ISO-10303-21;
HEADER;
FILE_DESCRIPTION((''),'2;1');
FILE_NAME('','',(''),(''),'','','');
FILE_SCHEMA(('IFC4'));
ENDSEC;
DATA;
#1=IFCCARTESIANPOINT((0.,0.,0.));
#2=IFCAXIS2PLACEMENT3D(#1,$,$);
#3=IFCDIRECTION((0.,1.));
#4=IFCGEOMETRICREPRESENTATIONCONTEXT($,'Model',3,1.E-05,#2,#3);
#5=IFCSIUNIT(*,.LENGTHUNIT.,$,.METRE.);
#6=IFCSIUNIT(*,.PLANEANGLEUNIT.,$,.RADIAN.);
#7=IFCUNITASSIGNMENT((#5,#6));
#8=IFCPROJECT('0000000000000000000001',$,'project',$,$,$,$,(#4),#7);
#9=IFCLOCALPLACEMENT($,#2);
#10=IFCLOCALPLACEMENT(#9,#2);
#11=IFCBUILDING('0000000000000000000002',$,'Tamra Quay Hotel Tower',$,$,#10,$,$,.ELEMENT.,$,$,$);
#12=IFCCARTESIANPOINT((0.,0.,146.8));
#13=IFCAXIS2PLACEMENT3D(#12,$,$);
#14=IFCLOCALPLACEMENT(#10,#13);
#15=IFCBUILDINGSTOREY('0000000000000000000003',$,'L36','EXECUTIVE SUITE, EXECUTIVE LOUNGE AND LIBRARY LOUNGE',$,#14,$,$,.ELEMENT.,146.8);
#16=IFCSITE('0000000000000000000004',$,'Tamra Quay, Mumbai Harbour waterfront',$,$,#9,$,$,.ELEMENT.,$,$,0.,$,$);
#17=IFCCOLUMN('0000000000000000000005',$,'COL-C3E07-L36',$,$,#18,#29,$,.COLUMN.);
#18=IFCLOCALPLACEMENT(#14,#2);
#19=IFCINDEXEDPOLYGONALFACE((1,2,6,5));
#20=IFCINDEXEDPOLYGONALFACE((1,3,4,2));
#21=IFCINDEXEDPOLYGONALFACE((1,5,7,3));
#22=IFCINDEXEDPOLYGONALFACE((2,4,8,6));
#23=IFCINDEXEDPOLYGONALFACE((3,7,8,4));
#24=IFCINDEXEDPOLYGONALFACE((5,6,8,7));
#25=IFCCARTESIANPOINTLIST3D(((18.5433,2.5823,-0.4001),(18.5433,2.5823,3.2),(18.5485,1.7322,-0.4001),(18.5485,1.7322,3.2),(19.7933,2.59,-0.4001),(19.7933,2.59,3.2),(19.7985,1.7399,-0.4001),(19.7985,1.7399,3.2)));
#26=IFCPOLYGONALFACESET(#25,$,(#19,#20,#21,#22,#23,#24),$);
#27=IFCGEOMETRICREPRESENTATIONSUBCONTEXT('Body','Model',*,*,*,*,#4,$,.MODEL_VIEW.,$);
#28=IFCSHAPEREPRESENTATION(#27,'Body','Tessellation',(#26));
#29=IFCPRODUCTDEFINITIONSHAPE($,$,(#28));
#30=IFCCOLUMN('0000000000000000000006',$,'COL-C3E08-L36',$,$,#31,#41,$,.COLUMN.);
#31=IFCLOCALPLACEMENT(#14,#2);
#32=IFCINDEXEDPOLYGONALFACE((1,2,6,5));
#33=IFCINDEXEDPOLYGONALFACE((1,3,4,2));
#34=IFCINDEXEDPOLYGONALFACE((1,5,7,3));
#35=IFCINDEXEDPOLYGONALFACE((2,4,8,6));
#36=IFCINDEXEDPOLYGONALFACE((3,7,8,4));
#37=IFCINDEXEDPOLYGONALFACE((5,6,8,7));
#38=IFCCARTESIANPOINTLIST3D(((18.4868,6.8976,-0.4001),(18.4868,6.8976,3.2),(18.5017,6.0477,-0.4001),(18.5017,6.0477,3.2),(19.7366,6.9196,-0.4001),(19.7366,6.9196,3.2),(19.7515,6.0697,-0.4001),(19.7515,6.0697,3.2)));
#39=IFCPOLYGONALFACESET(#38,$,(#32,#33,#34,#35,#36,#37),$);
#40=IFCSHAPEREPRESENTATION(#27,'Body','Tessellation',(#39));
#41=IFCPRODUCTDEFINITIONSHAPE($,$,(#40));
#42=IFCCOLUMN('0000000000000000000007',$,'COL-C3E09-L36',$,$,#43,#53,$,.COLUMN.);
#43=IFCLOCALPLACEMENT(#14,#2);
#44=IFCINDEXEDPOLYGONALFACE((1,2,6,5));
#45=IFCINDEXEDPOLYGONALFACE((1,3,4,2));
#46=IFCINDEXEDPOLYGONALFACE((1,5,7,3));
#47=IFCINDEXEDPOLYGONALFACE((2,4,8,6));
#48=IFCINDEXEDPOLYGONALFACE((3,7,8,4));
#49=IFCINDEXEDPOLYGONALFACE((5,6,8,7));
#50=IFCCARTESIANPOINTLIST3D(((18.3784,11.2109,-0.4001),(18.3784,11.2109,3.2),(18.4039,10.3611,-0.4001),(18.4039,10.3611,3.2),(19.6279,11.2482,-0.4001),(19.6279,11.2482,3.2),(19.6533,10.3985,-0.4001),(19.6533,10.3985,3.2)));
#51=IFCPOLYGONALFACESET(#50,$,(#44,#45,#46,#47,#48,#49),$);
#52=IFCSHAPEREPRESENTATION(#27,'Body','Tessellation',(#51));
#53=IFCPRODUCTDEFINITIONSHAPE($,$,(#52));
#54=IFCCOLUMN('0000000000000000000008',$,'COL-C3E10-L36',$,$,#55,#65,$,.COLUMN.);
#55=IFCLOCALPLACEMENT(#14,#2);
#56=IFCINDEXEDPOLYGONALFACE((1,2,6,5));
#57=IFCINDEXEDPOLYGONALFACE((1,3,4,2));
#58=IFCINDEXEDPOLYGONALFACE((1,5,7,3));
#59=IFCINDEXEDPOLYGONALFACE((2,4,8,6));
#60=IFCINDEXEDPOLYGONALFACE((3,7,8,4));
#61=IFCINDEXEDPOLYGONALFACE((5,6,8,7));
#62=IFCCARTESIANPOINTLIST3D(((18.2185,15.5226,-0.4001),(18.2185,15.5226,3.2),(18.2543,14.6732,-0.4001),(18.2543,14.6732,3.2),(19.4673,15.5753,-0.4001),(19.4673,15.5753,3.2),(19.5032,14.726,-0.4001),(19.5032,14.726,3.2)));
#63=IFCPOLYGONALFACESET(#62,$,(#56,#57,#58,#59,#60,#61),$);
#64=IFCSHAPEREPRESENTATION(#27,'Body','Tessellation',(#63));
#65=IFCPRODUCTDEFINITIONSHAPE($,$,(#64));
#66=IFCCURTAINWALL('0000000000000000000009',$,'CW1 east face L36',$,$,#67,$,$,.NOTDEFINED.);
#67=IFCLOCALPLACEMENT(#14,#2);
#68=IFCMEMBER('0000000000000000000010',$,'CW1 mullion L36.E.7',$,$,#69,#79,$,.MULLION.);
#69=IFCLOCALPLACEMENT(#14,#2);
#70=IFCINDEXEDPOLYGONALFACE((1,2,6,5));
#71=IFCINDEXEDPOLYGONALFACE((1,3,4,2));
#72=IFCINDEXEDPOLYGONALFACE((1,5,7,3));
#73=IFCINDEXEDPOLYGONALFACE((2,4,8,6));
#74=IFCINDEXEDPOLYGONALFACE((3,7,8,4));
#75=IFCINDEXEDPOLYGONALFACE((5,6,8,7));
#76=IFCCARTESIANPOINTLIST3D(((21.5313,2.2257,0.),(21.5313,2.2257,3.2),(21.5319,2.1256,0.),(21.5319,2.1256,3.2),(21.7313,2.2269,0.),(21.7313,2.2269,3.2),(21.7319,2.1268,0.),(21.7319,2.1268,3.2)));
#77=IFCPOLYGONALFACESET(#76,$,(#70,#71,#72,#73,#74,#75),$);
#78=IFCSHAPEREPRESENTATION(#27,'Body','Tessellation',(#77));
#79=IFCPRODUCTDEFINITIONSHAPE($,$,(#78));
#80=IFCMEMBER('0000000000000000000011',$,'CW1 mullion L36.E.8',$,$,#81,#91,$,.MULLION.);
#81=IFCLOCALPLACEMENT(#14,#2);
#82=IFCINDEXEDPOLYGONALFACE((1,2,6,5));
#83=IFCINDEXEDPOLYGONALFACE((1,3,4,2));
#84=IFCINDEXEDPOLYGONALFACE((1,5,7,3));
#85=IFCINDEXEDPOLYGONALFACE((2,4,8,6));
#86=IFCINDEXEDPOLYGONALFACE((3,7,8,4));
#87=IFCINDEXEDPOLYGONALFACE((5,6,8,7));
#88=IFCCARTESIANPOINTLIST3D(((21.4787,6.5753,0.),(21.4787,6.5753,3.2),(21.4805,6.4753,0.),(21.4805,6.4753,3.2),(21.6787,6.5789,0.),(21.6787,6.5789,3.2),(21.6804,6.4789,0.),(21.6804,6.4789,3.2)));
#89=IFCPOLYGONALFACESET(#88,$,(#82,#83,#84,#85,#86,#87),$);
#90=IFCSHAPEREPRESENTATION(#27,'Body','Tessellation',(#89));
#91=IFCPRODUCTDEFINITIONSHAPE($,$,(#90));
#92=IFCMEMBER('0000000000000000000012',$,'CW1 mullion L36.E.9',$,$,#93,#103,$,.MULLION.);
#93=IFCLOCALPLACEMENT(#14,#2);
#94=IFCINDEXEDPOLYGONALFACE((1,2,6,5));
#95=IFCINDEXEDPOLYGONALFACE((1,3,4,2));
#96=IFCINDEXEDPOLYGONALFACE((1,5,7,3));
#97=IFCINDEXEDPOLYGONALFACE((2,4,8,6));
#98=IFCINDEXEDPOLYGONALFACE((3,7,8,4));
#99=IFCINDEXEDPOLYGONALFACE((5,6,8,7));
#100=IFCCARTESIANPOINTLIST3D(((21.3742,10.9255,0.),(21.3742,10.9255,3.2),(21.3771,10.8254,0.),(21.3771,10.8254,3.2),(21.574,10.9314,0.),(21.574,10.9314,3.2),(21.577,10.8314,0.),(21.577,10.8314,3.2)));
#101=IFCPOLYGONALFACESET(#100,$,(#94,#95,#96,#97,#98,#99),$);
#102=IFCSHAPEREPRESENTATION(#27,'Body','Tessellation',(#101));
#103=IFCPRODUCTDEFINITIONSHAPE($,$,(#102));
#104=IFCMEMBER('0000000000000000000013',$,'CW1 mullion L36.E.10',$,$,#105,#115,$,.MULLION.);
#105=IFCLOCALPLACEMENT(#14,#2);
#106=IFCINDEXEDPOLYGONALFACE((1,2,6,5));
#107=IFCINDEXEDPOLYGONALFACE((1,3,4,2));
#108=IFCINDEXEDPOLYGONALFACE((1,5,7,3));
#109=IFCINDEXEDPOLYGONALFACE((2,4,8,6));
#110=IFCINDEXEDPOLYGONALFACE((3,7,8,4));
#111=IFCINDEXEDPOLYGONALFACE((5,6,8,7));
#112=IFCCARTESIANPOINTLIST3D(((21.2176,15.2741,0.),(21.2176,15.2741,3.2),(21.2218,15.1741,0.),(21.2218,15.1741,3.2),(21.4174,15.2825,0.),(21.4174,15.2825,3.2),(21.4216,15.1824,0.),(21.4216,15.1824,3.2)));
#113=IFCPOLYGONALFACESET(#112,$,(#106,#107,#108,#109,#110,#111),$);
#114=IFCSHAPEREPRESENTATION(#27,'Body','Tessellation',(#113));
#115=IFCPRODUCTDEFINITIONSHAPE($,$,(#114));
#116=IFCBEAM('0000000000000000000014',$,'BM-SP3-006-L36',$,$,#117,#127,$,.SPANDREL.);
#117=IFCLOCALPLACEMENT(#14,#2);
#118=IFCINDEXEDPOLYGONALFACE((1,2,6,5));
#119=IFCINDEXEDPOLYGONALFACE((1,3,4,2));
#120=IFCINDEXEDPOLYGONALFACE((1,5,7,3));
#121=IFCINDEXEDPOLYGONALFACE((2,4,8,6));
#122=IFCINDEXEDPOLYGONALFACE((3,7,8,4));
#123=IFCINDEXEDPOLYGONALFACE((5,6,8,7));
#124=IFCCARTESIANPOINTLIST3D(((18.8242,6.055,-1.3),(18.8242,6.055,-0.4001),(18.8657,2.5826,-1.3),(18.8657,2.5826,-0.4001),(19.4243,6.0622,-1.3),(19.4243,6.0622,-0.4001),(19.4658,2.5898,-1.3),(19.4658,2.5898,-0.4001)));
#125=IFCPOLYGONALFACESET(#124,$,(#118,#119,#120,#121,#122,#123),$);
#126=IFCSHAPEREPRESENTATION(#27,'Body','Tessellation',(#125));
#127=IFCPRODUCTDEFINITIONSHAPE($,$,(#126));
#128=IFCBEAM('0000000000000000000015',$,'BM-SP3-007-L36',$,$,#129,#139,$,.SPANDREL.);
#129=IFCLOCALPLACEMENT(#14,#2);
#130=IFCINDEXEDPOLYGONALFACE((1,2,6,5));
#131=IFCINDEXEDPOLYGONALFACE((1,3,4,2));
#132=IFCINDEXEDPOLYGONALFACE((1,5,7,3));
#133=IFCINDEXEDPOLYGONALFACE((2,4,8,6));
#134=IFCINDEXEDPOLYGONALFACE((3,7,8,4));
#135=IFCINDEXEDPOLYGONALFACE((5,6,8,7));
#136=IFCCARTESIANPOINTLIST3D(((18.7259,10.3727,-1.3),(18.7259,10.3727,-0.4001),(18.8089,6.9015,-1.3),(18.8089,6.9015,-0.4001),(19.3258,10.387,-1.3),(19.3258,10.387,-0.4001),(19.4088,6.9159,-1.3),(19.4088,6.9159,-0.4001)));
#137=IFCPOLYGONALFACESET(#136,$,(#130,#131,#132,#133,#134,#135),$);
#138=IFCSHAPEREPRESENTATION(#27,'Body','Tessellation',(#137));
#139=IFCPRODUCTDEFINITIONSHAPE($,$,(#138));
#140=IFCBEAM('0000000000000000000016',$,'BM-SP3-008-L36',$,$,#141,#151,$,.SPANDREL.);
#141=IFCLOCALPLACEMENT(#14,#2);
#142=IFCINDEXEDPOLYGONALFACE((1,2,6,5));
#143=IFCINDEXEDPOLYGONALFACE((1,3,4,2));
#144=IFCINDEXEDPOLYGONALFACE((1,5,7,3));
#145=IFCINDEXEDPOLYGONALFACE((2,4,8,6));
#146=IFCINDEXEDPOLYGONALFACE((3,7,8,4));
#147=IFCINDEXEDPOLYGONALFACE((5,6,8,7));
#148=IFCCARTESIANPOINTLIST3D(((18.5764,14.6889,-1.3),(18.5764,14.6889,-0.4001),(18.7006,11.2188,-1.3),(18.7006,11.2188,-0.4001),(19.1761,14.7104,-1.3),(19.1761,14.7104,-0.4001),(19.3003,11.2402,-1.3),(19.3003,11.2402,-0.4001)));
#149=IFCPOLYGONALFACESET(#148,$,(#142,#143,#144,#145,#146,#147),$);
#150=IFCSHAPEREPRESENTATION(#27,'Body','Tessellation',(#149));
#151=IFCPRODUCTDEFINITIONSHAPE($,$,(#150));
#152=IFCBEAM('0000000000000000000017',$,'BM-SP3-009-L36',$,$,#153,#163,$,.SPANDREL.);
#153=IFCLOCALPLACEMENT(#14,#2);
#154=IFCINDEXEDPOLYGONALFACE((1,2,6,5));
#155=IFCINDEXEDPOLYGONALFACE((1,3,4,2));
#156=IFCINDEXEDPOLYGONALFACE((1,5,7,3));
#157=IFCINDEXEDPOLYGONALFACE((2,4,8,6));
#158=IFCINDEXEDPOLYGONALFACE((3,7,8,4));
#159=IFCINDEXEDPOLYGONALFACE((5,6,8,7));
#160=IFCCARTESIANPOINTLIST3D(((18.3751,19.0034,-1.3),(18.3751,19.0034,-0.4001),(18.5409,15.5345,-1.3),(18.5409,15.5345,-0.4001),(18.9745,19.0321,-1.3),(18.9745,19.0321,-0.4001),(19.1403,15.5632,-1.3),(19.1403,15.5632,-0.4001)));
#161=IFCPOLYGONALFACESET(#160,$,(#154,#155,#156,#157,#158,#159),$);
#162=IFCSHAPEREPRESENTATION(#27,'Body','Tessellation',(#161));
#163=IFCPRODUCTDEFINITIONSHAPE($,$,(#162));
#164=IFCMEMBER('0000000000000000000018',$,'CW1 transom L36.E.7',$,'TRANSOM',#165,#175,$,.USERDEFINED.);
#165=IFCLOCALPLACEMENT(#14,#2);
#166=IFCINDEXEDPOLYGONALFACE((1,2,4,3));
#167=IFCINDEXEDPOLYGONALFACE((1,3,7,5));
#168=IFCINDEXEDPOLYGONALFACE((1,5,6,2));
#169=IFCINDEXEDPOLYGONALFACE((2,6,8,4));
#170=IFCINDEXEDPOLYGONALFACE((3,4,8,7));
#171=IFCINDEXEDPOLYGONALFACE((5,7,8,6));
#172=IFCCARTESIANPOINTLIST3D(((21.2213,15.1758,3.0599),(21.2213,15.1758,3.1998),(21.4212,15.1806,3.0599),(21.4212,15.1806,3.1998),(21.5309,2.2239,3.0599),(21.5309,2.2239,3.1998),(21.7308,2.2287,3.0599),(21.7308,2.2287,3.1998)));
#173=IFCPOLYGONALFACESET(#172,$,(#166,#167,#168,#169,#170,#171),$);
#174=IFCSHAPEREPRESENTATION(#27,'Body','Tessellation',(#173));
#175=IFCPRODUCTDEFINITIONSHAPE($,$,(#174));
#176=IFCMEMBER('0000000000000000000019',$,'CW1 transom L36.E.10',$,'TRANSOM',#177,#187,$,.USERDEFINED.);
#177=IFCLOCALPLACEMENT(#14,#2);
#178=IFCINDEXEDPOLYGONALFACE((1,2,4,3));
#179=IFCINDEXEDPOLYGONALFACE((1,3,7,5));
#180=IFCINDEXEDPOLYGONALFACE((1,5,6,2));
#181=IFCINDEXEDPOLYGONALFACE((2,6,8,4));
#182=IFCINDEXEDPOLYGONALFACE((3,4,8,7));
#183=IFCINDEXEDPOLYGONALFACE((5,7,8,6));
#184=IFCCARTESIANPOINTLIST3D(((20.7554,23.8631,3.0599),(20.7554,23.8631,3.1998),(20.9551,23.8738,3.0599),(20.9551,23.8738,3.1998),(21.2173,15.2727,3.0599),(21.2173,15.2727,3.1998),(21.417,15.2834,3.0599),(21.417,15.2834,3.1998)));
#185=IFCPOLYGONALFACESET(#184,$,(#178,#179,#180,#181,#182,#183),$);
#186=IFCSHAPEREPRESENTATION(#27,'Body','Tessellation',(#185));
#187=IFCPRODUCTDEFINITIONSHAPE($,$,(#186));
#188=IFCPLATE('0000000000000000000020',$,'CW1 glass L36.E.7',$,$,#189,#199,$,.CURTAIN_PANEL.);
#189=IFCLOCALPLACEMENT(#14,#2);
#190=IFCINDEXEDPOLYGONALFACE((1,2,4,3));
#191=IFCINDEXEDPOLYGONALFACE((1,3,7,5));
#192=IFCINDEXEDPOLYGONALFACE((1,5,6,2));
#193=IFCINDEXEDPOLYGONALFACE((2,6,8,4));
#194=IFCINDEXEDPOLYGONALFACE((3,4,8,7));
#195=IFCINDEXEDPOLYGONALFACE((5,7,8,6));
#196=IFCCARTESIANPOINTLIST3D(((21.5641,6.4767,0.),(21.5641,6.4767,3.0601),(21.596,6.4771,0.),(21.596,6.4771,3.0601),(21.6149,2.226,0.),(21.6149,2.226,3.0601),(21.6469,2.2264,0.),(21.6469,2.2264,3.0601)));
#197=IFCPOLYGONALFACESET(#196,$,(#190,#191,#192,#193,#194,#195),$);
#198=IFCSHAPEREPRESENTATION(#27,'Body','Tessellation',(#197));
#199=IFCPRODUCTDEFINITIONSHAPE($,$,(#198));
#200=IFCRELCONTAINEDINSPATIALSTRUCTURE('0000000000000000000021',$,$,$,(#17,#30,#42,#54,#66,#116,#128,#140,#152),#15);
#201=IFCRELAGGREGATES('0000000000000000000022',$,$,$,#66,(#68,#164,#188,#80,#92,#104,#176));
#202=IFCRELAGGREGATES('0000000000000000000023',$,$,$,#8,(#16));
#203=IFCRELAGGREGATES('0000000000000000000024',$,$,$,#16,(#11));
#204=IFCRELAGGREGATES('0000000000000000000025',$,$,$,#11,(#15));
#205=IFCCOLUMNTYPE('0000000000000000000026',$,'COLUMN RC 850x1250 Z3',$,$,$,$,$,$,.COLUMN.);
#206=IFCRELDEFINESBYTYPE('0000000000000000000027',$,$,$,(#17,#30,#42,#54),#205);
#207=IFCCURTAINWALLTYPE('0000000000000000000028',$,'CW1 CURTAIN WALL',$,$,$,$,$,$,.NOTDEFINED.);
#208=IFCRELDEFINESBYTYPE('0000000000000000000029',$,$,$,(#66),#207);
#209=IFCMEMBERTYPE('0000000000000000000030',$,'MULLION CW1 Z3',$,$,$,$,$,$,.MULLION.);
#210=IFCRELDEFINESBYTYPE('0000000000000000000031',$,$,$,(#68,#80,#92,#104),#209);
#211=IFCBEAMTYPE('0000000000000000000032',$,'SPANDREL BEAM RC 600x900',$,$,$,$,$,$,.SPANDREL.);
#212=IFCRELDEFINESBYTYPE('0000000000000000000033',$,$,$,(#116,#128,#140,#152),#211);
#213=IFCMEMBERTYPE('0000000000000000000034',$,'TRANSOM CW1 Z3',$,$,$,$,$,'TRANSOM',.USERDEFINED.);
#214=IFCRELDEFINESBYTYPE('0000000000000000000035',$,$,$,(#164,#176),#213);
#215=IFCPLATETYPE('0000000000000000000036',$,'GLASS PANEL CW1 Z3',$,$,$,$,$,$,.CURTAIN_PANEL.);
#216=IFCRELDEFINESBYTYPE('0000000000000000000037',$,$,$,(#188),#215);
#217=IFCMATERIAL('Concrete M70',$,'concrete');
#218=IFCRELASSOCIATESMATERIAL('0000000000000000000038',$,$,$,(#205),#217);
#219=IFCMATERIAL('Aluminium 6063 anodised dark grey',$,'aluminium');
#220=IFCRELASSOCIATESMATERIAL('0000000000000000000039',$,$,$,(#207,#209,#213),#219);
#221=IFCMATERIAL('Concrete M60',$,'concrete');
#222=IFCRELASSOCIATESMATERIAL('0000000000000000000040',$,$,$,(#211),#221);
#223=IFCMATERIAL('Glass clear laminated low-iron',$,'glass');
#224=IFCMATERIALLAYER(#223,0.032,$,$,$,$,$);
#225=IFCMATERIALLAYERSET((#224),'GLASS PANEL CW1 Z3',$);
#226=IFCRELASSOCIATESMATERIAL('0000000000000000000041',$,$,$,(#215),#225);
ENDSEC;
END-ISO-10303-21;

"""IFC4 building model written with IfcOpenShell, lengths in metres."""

from ifc_helpers import new_model, si_unit, direction, frame, origin, origin_2d, place, context, subcontext, project, spatial, rectangle, extrude, material, layer, layer_set, material_profile, profile_set, type_object, element, aggregate, save


model = new_model("IFC4")

# Units and contexts
model_context = context("Model", 3, precision=1e-05, world=origin(), true_north=direction((0.0, 1.0)))
body_context = subcontext(model_context, "Body", "Model", "MODEL_VIEW")
ifc_project = project(units=[si_unit("LENGTHUNIT", "METRE"), si_unit("PLANEANGLEUNIT", "RADIAN")], contexts=[model_context])

# Site, building, storey
site_placement = place(None, origin())
site = spatial("IfcSite", under=ifc_project, at=site_placement, Name="Tamra Quay, Mumbai Harbour waterfront", CompositionType="ELEMENT", RefElevation=0.0)
building_placement = place(site_placement, origin())
building = spatial("IfcBuilding", under=site, at=building_placement, Name="Tamra Quay Hotel Tower", CompositionType="ELEMENT")
storey_placement = place(building_placement, frame((0.0, 0.0, 146.8)))
storey = spatial("IfcBuildingStorey", under=building, at=storey_placement, Name="L36", Description="EXECUTIVE SUITE, EXECUTIVE LOUNGE AND LIBRARY LOUNGE", CompositionType="ELEMENT", Elevation=146.8)

# Columns
ifc_material_1 = material(Name="Concrete M70", Category="concrete")
ifc_material_profile_1 = material_profile(ifc_material_1, rectangle(XDim=1.25, YDim=0.8501, at=origin_2d()), Name="COLUMN RC 850x1250 Z3")
ifc_profile_set_1 = profile_set([ifc_material_profile_1], Name="Concrete M70")
column_type = type_object("IfcColumnType", Name="COLUMN RC 850x1250 Z3", PredefinedType="COLUMN", material=ifc_profile_set_1)
for number, where, z_axis, x_axis, name in (
    (1, (19.1709, 2.1611, -0.4001), (0.0, 0.0, 1.0), (0.999981, 0.006159, 0.0), "COL-C3E07-L36"),
    (2, (19.1191, 6.4836, -0.4001), (0.0, 0.0, 1.0), (0.999845, 0.017597, 0.0), "COL-C3E08-L36"),
    (3, (19.0159, 10.8047, -0.4001), (0.0, 0.0, 1.0), (0.999553, 0.029907, 0.0), "COL-C3E09-L36"),
    (4, (18.8608, 15.1243, -0.4001), (0.0, 0.0, 1.0), (0.999109, 0.042202, 0.0), "COL-C3E10-L36"),
):
    element("IfcColumn", number, at=place(storey_placement, frame(where, z_axis=z_axis, x_axis=x_axis)), inside=storey, type_object=column_type, Name=name, PredefinedType="COLUMN", context=body_context, shape_type="SweptSolid", body=[
        extrude(rectangle(XDim=1.25, YDim=0.8501, at=origin_2d()), origin(), (0.0, 0.0, 1.0), 3.6001),
    ])

# Curtain wall, members
ifc_material_2 = material(Name="Aluminium 6063 anodised dark grey", Category="aluminium")
curtain_wall_type = type_object("IfcCurtainWallType", Name="CW1 CURTAIN WALL", PredefinedType="NOTDEFINED", material=ifc_material_2)
curtain_wall_placement = place(storey_placement, origin())
curtain_wall = element("IfcCurtainWall", 5, at=curtain_wall_placement, inside=storey, type_object=curtain_wall_type, Name="CW1 east face L36", PredefinedType="NOTDEFINED")
ifc_material_profile_2 = material_profile(ifc_material_2, rectangle(XDim=0.2, YDim=0.1001, at=origin_2d()), Name="MULLION 100X200")
ifc_profile_set_2 = profile_set([ifc_material_profile_2], Name="Aluminium 6063 anodised dark grey")
member_type_1 = type_object("IfcMemberType", Name="MULLION CW1 Z3", PredefinedType="MULLION", material=ifc_profile_set_2)
member_1_placement = place(storey_placement, frame((21.6316, 2.1763, 0.0), z_axis=(0.0, 0.0, 1.0), x_axis=(0.999982, 0.005979, 0.0)))
member_1 = element("IfcMember", 6, at=member_1_placement, type_object=member_type_1, Name="CW1 mullion L36.E.7", PredefinedType="MULLION", context=body_context, shape_type="SweptSolid", body=[
    extrude(rectangle(XDim=0.2, YDim=0.1001, at=origin_2d()), origin(), (0.0, 0.0, 1.0), 3.2),
])
member_2_placement = place(storey_placement, frame((21.5796, 6.5271, 0.0), z_axis=(0.0, 0.0, 1.0), x_axis=(0.999839, 0.017927, 0.0)))
member_2 = element("IfcMember", 7, at=member_2_placement, type_object=member_type_1, Name="CW1 mullion L36.E.8", PredefinedType="MULLION", context=body_context, shape_type="SweptSolid", body=[
    extrude(rectangle(XDim=0.2, YDim=0.1001, at=origin_2d()), origin(), (0.0, 0.0, 1.0), 3.2),
])
member_3_placement = place(storey_placement, frame((21.4756, 10.8784, 0.0), z_axis=(0.0, 0.0, 1.0), x_axis=(0.999554, 0.029871, 0.0)))
member_3 = element("IfcMember", 8, at=member_3_placement, type_object=member_type_1, Name="CW1 mullion L36.E.9", PredefinedType="MULLION", context=body_context, shape_type="SweptSolid", body=[
    extrude(rectangle(XDim=0.2, YDim=0.1001, at=origin_2d()), origin(), (0.0, 0.0, 1.0), 3.2),
])
member_4_placement = place(storey_placement, frame((21.3196, 15.2283, 0.0), z_axis=(0.0, 0.0, 1.0), x_axis=(0.999126, 0.041797, 0.0)))
member_4 = element("IfcMember", 9, at=member_4_placement, type_object=member_type_1, Name="CW1 mullion L36.E.10", PredefinedType="MULLION", context=body_context, shape_type="SweptSolid", body=[
    extrude(rectangle(XDim=0.2, YDim=0.1001, at=origin_2d()), origin(), (0.0, 0.0, 1.0), 3.2),
])

# Beams
ifc_material_3 = material(Name="Concrete M60", Category="concrete")
ifc_material_profile_3 = material_profile(ifc_material_3, rectangle(XDim=0.6001, YDim=0.8999, at=origin_2d()), Name="SPANDREL BEAM RC 600x900")
ifc_profile_set_3 = profile_set([ifc_material_profile_3], Name="Concrete M60")
beam_type = type_object("IfcBeamType", Name="SPANDREL BEAM RC 600x900", PredefinedType="SPANDREL", material=ifc_profile_set_3)
beam_1_placement = place(storey_placement, frame((19.1658, 2.5862, -0.8501), z_axis=(-0.011952, 0.999929, 0.0), x_axis=(-0.999929, -0.011952, 0.0)))
element("IfcBeam", 10, at=beam_1_placement, inside=storey, type_object=beam_type, Name="BM-SP3-006-L36", PredefinedType="SPANDREL", context=body_context, shape_type="SweptSolid", body=[
    extrude(rectangle(XDim=0.6001, YDim=0.8999, at=origin_2d()), origin(), (0.0, 0.0, 1.0), 3.4727),
])
beam_2_placement = place(storey_placement, frame((19.1089, 6.9087, -0.8501), z_axis=(-0.023907, 0.999714, 0.0), x_axis=(-0.999714, -0.023907, 0.0)))
element("IfcBeam", 11, at=beam_2_placement, inside=storey, type_object=beam_type, Name="BM-SP3-007-L36", PredefinedType="SPANDREL", context=body_context, shape_type="SweptSolid", body=[
    extrude(rectangle(XDim=0.6001, YDim=0.8999, at=origin_2d()), origin(), (0.0, 0.0, 1.0), 3.4722),
])
beam_3_placement = place(storey_placement, frame((19.0005, 11.2295, -0.8501), z_axis=(-0.035787, 0.999359, 0.0), x_axis=(-0.999359, -0.035787, 0.0)))
element("IfcBeam", 12, at=beam_3_placement, inside=storey, type_object=beam_type, Name="BM-SP3-008-L36", PredefinedType="SPANDREL", context=body_context, shape_type="SweptSolid", body=[
    extrude(rectangle(XDim=0.6001, YDim=0.8999, at=origin_2d()), origin(), (0.0, 0.0, 1.0), 3.4724),
])
beam_4_placement = place(storey_placement, frame((18.8406, 15.5488, -0.8501), z_axis=(-0.047732, 0.99886, 0.0), x_axis=(-0.99886, -0.047732, 0.0)))
element("IfcBeam", 13, at=beam_4_placement, inside=storey, type_object=beam_type, Name="BM-SP3-009-L36", PredefinedType="SPANDREL", context=body_context, shape_type="SweptSolid", body=[
    extrude(rectangle(XDim=0.6001, YDim=0.8999, at=origin_2d()), origin(), (0.0, 0.0, 1.0), 3.4729),
])

# Members
ifc_material_profile_4 = material_profile(ifc_material_2, rectangle(XDim=0.2, YDim=0.1399, at=origin_2d()), Name="TRANSOM 200X140")
ifc_profile_set_4 = profile_set([ifc_material_profile_4], Name="Aluminium 6063 anodised dark grey")
member_type_2 = type_object("IfcMemberType", Name="TRANSOM CW1 Z3", ElementType="TRANSOM", PredefinedType="USERDEFINED", material=ifc_profile_set_4)
member_5_placement = place(storey_placement, frame((21.6309, 2.2263, 3.1299), z_axis=(-0.023895, 0.999714, 0.0), x_axis=(-0.999714, -0.023895, 0.0)))
member_5 = element("IfcMember", 14, at=member_5_placement, type_object=member_type_2, Name="CW1 transom L36.E.7", ObjectType="TRANSOM", PredefinedType="USERDEFINED", context=body_context, shape_type="SweptSolid", body=[
    extrude(rectangle(XDim=0.2, YDim=0.1399, at=origin_2d()), origin(), (0.0, 0.0, 1.0), 12.9556),
])
member_6_placement = place(storey_placement, frame((21.3171, 15.2781, 3.1299), z_axis=(-0.053694, 0.998557, 0.0), x_axis=(-0.998557, -0.053694, 0.0)))
member_6 = element("IfcMember", 15, at=member_6_placement, type_object=member_type_2, Name="CW1 transom L36.E.10", ObjectType="TRANSOM", PredefinedType="USERDEFINED", context=body_context, shape_type="SweptSolid", body=[
    extrude(rectangle(XDim=0.2, YDim=0.1399, at=origin_2d()), origin(), (0.0, 0.0, 1.0), 8.6028),
])

# Plate
ifc_material_4 = material(Name="Glass clear laminated low-iron", Category="glass")
ifc_layer_1 = layer(ifc_material_4, 0.032)
ifc_layer_set_1 = layer_set([ifc_layer_1], Name="GLASS PANEL CW1 Z3")
plate_type = type_object("IfcPlateType", Name="GLASS PANEL CW1 Z3", PredefinedType="CURTAIN_PANEL", material=ifc_layer_set_1)
plate_1_placement = place(storey_placement, frame((21.6055, 4.3516, 0.0), z_axis=(0.0, 0.0, 1.0), x_axis=(-0.011957, 0.999929, 0.0)))
plate_1 = element("IfcPlate", 16, at=plate_1_placement, type_object=plate_type, Name="CW1 glass L36.E.7", PredefinedType="CURTAIN_PANEL", context=body_context, shape_type="SweptSolid", body=[
    extrude(rectangle(XDim=4.251, YDim=0.032, at=origin_2d()), origin(), (0.0, 0.0, 1.0), 3.0601),
])
aggregate(curtain_wall, [member_1, member_5, plate_1, member_2, member_3, member_4, member_6])

save(model, "model.ifc")
